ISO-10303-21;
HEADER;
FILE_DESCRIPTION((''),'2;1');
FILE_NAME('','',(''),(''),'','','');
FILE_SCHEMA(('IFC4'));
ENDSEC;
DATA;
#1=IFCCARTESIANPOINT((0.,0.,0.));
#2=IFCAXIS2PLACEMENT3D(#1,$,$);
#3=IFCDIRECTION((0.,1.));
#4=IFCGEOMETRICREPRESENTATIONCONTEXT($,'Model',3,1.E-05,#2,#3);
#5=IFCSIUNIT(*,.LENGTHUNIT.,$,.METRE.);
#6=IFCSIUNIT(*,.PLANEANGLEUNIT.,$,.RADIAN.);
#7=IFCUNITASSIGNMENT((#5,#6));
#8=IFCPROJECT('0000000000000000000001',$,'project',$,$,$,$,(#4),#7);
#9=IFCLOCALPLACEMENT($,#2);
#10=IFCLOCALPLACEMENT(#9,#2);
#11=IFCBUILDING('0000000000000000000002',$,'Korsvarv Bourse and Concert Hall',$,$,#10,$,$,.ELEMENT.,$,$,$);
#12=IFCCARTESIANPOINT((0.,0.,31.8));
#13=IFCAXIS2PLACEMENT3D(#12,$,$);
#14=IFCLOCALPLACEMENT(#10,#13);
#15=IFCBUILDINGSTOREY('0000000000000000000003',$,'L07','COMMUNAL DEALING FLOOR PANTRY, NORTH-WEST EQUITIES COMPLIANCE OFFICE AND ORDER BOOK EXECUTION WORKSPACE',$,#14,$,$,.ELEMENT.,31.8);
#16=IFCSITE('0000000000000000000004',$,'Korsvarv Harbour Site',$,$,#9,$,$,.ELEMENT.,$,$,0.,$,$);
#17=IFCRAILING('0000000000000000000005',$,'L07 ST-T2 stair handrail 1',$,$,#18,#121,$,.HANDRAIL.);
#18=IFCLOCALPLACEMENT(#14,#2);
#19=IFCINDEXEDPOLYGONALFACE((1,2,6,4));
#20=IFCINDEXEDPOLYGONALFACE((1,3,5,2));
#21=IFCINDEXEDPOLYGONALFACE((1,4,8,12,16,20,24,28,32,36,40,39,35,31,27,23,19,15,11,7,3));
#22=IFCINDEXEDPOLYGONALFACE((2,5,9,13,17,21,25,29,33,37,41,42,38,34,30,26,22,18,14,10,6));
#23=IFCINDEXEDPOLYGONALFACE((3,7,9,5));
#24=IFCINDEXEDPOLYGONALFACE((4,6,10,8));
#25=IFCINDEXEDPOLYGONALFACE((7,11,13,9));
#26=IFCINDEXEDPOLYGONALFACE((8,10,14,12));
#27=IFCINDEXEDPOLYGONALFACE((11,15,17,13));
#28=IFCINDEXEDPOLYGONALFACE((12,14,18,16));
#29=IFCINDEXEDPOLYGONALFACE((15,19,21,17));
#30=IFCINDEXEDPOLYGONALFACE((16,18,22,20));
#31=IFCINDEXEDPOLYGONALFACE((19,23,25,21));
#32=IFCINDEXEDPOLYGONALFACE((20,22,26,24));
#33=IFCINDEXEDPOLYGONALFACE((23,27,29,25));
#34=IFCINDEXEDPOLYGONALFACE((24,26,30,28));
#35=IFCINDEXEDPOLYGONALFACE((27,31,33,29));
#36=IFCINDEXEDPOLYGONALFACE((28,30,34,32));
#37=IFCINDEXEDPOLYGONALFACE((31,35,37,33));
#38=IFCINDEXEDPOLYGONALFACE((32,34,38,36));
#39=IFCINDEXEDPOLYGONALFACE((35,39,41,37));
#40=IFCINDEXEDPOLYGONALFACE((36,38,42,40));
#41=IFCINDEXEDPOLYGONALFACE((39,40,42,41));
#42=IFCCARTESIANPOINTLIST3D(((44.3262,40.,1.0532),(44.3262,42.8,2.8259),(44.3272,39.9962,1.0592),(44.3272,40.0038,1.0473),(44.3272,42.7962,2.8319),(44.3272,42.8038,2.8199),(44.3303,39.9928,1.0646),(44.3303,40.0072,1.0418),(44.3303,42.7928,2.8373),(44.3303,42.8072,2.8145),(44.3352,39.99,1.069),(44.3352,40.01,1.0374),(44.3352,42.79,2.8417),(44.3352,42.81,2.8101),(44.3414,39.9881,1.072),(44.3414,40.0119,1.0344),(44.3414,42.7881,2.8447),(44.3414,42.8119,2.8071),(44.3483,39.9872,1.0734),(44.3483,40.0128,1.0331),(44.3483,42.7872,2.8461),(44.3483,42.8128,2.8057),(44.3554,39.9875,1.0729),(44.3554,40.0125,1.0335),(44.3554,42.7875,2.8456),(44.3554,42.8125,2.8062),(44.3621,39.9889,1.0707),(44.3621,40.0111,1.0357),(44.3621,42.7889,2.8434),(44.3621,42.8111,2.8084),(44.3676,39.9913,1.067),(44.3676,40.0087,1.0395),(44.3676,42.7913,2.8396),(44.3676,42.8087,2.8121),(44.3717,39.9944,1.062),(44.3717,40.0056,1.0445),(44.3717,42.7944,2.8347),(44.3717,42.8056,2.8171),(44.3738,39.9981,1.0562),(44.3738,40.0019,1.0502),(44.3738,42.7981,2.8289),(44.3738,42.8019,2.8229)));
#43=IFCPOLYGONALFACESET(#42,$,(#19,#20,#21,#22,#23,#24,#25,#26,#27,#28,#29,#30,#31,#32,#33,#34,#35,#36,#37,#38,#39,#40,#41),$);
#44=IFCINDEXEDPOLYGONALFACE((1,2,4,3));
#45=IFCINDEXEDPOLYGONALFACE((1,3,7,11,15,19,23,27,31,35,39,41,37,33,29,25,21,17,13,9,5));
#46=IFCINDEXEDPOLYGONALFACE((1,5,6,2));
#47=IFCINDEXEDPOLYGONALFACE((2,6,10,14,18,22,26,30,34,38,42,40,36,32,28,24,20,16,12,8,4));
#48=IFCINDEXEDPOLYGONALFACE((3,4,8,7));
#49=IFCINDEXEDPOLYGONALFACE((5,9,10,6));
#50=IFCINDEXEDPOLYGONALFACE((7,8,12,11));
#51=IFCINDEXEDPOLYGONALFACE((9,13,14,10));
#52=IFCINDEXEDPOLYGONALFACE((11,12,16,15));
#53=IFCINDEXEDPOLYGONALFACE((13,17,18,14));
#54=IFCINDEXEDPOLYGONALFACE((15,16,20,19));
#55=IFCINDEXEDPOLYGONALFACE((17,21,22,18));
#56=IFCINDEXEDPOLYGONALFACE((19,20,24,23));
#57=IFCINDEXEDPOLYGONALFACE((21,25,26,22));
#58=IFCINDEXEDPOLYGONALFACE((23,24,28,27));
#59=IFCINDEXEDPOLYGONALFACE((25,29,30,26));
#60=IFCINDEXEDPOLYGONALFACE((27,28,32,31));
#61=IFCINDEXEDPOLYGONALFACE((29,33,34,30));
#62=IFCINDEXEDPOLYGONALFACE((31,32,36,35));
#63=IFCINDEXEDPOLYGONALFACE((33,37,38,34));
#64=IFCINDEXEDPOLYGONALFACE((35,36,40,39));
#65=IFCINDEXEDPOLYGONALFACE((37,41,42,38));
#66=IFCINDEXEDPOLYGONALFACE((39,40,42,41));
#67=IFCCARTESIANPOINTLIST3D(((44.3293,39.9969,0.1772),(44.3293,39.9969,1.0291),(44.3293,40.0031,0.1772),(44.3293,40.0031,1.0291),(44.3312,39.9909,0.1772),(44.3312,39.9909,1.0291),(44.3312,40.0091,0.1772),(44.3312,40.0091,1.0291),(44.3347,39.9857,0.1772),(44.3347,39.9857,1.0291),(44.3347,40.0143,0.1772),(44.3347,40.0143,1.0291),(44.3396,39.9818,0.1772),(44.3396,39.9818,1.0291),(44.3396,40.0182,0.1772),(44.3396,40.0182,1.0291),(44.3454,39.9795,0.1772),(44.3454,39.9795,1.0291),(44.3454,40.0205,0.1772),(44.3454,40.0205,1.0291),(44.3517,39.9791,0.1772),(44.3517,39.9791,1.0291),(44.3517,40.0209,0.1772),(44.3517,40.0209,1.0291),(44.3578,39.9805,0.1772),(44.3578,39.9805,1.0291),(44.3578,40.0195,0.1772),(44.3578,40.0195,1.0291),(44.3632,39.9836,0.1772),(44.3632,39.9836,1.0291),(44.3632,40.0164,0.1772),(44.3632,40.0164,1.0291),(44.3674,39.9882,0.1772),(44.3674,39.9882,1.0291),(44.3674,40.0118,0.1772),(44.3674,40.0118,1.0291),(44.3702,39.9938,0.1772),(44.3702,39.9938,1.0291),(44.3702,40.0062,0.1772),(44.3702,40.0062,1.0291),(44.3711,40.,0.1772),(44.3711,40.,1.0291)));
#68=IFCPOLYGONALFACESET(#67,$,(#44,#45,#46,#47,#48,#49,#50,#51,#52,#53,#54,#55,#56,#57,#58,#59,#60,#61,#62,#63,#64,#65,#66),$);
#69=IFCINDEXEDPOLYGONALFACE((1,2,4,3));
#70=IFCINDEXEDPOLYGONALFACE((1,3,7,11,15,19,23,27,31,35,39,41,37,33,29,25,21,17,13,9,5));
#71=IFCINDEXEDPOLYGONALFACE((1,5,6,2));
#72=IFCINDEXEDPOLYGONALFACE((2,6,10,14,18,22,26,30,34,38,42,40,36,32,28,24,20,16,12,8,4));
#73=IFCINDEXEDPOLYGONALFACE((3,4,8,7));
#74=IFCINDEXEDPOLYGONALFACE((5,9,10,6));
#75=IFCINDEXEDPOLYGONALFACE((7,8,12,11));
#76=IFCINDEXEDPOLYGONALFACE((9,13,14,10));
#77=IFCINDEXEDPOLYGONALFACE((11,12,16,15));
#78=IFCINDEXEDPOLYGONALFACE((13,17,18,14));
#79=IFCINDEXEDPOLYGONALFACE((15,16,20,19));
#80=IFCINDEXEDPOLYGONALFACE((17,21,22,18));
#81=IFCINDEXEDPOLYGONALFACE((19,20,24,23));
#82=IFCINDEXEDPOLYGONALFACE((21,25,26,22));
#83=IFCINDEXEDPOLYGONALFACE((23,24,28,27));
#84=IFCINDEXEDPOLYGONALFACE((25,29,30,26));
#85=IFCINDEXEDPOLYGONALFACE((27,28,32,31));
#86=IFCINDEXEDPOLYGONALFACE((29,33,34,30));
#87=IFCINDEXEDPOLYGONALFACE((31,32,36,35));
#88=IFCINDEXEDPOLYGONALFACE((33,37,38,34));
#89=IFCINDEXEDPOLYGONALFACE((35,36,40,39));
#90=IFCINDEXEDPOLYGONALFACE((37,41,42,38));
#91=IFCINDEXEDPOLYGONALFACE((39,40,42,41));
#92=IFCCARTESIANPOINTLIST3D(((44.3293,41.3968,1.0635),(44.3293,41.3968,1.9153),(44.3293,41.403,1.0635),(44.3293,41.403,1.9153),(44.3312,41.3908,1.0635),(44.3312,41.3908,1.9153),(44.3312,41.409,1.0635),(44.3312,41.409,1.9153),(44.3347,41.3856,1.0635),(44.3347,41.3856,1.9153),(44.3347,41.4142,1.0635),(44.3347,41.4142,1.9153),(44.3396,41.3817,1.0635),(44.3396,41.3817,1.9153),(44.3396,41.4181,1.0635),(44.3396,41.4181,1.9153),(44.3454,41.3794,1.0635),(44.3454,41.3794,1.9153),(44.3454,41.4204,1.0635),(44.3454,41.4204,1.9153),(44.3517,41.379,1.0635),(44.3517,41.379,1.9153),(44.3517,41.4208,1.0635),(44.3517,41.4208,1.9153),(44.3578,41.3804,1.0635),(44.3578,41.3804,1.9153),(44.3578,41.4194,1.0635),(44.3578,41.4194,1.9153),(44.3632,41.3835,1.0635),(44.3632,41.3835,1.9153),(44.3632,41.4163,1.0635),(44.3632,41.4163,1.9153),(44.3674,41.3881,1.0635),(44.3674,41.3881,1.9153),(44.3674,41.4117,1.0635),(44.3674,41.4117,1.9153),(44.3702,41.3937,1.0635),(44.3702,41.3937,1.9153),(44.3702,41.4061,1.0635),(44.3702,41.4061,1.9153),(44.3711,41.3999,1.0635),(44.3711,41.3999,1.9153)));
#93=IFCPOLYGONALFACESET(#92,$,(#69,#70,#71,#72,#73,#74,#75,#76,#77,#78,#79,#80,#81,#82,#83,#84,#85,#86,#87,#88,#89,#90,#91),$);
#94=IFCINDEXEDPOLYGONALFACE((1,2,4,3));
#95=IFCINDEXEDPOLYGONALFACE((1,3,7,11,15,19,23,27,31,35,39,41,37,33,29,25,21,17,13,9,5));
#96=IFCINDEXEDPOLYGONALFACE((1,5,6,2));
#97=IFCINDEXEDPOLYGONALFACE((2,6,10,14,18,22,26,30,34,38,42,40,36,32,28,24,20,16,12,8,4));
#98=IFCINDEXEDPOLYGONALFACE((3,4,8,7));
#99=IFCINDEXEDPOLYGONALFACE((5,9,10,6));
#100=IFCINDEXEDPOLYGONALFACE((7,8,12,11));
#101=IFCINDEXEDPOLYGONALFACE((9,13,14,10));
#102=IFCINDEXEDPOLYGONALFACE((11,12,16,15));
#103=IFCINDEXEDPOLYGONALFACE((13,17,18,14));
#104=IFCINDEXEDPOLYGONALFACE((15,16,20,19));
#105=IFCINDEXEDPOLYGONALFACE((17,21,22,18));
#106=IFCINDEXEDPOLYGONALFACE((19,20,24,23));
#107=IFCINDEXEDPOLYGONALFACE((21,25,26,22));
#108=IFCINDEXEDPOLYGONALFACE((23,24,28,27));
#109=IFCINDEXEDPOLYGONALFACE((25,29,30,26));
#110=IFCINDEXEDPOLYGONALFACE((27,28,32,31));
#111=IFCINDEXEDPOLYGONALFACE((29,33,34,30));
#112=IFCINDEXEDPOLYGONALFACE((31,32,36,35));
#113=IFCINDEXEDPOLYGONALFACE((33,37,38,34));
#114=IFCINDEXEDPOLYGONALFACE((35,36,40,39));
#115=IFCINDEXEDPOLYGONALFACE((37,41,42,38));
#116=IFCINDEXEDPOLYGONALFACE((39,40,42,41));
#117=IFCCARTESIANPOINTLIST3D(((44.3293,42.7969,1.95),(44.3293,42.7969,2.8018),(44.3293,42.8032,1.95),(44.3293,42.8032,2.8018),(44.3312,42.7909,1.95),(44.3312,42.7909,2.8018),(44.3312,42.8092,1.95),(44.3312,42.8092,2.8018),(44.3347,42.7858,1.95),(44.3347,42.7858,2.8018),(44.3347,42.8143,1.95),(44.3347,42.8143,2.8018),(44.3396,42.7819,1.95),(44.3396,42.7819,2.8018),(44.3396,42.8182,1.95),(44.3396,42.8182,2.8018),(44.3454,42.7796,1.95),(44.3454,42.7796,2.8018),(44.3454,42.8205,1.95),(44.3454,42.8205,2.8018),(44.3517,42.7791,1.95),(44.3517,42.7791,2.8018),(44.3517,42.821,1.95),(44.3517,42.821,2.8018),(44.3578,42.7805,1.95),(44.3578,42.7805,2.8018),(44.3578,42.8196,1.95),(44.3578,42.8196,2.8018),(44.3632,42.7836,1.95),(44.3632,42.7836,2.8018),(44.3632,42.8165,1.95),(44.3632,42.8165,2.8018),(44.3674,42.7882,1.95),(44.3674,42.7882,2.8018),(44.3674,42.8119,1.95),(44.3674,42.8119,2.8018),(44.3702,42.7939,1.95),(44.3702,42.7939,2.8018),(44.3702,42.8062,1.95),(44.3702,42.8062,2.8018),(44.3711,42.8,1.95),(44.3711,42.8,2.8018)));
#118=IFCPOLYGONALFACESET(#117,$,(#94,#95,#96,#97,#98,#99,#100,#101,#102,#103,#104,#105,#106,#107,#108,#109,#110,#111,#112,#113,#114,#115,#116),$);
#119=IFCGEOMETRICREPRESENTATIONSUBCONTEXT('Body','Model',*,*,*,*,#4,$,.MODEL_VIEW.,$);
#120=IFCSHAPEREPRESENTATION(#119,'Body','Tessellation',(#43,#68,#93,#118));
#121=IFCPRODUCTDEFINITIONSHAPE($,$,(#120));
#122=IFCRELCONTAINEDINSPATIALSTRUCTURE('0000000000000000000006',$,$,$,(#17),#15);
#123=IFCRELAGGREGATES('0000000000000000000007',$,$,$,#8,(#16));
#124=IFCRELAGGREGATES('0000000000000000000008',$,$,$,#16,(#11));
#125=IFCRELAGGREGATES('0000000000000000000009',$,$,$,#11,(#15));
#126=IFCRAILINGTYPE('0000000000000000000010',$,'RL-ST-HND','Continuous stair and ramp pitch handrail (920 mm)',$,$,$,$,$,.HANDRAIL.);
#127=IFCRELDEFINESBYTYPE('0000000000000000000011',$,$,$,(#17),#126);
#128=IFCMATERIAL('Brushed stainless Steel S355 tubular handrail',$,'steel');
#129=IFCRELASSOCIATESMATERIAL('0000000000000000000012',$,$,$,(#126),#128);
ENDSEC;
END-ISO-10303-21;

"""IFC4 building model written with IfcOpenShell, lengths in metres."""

from ifc_helpers import new_model, si_unit, direction, frame, origin, origin_2d, place, context, subcontext, project, spatial, circle, extrude, material, type_object, element, save


model = new_model("IFC4")

# Units and contexts
model_context = context("Model", 3, precision=1e-05, world=origin(), true_north=direction((0.0, 1.0)))
body_context = subcontext(model_context, "Body", "Model", "MODEL_VIEW")
ifc_project = project(units=[si_unit("LENGTHUNIT", "METRE"), si_unit("PLANEANGLEUNIT", "RADIAN")], contexts=[model_context])

# Site, building, storey
site_placement = place(None, origin())
site = spatial("IfcSite", under=ifc_project, at=site_placement, Name="Korsvarv Harbour Site", CompositionType="ELEMENT", RefElevation=0.0)
building_placement = place(site_placement, origin())
building = spatial("IfcBuilding", under=site, at=building_placement, Name="Korsvarv Bourse and Concert Hall", CompositionType="ELEMENT")
storey_placement = place(building_placement, frame((0.0, 0.0, 31.8)))
storey = spatial("IfcBuildingStorey", under=building, at=storey_placement, Name="L07", Description="COMMUNAL DEALING FLOOR PANTRY, NORTH-WEST EQUITIES COMPLIANCE OFFICE AND ORDER BOOK EXECUTION WORKSPACE", CompositionType="ELEMENT", Elevation=31.8)

# Railing
ifc_material_1 = material(Name="Brushed stainless Steel S355 tubular handrail", Category="steel")
railing_type_1 = type_object("IfcRailingType", Name="RL-ST-HND", Description="Continuous stair and ramp pitch handrail (920 mm)", PredefinedType="HANDRAIL", material=ifc_material_1)
railing_1_placement = place(storey_placement, frame((44.3501, 40.0, 0.1772)))
element("IfcRailing", 1, at=railing_1_placement, inside=storey, type_object=railing_type_1, Name="L07 ST-T2 stair handrail 1", PredefinedType="HANDRAIL", context=body_context, shape_type="SweptSolid", body=[
    extrude(circle(Radius=0.0239, at=origin_2d()), frame((0.0, 0.0, 0.876), z_axis=(0.0, 0.844909, 0.53491), x_axis=(-1.0, 0.0, 0.0)), (0.0, 0.0, 1.0), 3.314),
    extrude(circle(Radius=0.021, at=origin_2d()), origin(), (0.0, 0.0, 1.0), 0.8518),
    extrude(circle(Radius=0.021, at=origin_2d()), frame((0.0, 1.3999, 0.8862)), (0.0, 0.0, 1.0), 0.8518),
    extrude(circle(Radius=0.021, at=origin_2d()), frame((0.0, 2.8, 1.7727)), (0.0, 0.0, 1.0), 0.8518),
])

save(model, "model.ifc")
